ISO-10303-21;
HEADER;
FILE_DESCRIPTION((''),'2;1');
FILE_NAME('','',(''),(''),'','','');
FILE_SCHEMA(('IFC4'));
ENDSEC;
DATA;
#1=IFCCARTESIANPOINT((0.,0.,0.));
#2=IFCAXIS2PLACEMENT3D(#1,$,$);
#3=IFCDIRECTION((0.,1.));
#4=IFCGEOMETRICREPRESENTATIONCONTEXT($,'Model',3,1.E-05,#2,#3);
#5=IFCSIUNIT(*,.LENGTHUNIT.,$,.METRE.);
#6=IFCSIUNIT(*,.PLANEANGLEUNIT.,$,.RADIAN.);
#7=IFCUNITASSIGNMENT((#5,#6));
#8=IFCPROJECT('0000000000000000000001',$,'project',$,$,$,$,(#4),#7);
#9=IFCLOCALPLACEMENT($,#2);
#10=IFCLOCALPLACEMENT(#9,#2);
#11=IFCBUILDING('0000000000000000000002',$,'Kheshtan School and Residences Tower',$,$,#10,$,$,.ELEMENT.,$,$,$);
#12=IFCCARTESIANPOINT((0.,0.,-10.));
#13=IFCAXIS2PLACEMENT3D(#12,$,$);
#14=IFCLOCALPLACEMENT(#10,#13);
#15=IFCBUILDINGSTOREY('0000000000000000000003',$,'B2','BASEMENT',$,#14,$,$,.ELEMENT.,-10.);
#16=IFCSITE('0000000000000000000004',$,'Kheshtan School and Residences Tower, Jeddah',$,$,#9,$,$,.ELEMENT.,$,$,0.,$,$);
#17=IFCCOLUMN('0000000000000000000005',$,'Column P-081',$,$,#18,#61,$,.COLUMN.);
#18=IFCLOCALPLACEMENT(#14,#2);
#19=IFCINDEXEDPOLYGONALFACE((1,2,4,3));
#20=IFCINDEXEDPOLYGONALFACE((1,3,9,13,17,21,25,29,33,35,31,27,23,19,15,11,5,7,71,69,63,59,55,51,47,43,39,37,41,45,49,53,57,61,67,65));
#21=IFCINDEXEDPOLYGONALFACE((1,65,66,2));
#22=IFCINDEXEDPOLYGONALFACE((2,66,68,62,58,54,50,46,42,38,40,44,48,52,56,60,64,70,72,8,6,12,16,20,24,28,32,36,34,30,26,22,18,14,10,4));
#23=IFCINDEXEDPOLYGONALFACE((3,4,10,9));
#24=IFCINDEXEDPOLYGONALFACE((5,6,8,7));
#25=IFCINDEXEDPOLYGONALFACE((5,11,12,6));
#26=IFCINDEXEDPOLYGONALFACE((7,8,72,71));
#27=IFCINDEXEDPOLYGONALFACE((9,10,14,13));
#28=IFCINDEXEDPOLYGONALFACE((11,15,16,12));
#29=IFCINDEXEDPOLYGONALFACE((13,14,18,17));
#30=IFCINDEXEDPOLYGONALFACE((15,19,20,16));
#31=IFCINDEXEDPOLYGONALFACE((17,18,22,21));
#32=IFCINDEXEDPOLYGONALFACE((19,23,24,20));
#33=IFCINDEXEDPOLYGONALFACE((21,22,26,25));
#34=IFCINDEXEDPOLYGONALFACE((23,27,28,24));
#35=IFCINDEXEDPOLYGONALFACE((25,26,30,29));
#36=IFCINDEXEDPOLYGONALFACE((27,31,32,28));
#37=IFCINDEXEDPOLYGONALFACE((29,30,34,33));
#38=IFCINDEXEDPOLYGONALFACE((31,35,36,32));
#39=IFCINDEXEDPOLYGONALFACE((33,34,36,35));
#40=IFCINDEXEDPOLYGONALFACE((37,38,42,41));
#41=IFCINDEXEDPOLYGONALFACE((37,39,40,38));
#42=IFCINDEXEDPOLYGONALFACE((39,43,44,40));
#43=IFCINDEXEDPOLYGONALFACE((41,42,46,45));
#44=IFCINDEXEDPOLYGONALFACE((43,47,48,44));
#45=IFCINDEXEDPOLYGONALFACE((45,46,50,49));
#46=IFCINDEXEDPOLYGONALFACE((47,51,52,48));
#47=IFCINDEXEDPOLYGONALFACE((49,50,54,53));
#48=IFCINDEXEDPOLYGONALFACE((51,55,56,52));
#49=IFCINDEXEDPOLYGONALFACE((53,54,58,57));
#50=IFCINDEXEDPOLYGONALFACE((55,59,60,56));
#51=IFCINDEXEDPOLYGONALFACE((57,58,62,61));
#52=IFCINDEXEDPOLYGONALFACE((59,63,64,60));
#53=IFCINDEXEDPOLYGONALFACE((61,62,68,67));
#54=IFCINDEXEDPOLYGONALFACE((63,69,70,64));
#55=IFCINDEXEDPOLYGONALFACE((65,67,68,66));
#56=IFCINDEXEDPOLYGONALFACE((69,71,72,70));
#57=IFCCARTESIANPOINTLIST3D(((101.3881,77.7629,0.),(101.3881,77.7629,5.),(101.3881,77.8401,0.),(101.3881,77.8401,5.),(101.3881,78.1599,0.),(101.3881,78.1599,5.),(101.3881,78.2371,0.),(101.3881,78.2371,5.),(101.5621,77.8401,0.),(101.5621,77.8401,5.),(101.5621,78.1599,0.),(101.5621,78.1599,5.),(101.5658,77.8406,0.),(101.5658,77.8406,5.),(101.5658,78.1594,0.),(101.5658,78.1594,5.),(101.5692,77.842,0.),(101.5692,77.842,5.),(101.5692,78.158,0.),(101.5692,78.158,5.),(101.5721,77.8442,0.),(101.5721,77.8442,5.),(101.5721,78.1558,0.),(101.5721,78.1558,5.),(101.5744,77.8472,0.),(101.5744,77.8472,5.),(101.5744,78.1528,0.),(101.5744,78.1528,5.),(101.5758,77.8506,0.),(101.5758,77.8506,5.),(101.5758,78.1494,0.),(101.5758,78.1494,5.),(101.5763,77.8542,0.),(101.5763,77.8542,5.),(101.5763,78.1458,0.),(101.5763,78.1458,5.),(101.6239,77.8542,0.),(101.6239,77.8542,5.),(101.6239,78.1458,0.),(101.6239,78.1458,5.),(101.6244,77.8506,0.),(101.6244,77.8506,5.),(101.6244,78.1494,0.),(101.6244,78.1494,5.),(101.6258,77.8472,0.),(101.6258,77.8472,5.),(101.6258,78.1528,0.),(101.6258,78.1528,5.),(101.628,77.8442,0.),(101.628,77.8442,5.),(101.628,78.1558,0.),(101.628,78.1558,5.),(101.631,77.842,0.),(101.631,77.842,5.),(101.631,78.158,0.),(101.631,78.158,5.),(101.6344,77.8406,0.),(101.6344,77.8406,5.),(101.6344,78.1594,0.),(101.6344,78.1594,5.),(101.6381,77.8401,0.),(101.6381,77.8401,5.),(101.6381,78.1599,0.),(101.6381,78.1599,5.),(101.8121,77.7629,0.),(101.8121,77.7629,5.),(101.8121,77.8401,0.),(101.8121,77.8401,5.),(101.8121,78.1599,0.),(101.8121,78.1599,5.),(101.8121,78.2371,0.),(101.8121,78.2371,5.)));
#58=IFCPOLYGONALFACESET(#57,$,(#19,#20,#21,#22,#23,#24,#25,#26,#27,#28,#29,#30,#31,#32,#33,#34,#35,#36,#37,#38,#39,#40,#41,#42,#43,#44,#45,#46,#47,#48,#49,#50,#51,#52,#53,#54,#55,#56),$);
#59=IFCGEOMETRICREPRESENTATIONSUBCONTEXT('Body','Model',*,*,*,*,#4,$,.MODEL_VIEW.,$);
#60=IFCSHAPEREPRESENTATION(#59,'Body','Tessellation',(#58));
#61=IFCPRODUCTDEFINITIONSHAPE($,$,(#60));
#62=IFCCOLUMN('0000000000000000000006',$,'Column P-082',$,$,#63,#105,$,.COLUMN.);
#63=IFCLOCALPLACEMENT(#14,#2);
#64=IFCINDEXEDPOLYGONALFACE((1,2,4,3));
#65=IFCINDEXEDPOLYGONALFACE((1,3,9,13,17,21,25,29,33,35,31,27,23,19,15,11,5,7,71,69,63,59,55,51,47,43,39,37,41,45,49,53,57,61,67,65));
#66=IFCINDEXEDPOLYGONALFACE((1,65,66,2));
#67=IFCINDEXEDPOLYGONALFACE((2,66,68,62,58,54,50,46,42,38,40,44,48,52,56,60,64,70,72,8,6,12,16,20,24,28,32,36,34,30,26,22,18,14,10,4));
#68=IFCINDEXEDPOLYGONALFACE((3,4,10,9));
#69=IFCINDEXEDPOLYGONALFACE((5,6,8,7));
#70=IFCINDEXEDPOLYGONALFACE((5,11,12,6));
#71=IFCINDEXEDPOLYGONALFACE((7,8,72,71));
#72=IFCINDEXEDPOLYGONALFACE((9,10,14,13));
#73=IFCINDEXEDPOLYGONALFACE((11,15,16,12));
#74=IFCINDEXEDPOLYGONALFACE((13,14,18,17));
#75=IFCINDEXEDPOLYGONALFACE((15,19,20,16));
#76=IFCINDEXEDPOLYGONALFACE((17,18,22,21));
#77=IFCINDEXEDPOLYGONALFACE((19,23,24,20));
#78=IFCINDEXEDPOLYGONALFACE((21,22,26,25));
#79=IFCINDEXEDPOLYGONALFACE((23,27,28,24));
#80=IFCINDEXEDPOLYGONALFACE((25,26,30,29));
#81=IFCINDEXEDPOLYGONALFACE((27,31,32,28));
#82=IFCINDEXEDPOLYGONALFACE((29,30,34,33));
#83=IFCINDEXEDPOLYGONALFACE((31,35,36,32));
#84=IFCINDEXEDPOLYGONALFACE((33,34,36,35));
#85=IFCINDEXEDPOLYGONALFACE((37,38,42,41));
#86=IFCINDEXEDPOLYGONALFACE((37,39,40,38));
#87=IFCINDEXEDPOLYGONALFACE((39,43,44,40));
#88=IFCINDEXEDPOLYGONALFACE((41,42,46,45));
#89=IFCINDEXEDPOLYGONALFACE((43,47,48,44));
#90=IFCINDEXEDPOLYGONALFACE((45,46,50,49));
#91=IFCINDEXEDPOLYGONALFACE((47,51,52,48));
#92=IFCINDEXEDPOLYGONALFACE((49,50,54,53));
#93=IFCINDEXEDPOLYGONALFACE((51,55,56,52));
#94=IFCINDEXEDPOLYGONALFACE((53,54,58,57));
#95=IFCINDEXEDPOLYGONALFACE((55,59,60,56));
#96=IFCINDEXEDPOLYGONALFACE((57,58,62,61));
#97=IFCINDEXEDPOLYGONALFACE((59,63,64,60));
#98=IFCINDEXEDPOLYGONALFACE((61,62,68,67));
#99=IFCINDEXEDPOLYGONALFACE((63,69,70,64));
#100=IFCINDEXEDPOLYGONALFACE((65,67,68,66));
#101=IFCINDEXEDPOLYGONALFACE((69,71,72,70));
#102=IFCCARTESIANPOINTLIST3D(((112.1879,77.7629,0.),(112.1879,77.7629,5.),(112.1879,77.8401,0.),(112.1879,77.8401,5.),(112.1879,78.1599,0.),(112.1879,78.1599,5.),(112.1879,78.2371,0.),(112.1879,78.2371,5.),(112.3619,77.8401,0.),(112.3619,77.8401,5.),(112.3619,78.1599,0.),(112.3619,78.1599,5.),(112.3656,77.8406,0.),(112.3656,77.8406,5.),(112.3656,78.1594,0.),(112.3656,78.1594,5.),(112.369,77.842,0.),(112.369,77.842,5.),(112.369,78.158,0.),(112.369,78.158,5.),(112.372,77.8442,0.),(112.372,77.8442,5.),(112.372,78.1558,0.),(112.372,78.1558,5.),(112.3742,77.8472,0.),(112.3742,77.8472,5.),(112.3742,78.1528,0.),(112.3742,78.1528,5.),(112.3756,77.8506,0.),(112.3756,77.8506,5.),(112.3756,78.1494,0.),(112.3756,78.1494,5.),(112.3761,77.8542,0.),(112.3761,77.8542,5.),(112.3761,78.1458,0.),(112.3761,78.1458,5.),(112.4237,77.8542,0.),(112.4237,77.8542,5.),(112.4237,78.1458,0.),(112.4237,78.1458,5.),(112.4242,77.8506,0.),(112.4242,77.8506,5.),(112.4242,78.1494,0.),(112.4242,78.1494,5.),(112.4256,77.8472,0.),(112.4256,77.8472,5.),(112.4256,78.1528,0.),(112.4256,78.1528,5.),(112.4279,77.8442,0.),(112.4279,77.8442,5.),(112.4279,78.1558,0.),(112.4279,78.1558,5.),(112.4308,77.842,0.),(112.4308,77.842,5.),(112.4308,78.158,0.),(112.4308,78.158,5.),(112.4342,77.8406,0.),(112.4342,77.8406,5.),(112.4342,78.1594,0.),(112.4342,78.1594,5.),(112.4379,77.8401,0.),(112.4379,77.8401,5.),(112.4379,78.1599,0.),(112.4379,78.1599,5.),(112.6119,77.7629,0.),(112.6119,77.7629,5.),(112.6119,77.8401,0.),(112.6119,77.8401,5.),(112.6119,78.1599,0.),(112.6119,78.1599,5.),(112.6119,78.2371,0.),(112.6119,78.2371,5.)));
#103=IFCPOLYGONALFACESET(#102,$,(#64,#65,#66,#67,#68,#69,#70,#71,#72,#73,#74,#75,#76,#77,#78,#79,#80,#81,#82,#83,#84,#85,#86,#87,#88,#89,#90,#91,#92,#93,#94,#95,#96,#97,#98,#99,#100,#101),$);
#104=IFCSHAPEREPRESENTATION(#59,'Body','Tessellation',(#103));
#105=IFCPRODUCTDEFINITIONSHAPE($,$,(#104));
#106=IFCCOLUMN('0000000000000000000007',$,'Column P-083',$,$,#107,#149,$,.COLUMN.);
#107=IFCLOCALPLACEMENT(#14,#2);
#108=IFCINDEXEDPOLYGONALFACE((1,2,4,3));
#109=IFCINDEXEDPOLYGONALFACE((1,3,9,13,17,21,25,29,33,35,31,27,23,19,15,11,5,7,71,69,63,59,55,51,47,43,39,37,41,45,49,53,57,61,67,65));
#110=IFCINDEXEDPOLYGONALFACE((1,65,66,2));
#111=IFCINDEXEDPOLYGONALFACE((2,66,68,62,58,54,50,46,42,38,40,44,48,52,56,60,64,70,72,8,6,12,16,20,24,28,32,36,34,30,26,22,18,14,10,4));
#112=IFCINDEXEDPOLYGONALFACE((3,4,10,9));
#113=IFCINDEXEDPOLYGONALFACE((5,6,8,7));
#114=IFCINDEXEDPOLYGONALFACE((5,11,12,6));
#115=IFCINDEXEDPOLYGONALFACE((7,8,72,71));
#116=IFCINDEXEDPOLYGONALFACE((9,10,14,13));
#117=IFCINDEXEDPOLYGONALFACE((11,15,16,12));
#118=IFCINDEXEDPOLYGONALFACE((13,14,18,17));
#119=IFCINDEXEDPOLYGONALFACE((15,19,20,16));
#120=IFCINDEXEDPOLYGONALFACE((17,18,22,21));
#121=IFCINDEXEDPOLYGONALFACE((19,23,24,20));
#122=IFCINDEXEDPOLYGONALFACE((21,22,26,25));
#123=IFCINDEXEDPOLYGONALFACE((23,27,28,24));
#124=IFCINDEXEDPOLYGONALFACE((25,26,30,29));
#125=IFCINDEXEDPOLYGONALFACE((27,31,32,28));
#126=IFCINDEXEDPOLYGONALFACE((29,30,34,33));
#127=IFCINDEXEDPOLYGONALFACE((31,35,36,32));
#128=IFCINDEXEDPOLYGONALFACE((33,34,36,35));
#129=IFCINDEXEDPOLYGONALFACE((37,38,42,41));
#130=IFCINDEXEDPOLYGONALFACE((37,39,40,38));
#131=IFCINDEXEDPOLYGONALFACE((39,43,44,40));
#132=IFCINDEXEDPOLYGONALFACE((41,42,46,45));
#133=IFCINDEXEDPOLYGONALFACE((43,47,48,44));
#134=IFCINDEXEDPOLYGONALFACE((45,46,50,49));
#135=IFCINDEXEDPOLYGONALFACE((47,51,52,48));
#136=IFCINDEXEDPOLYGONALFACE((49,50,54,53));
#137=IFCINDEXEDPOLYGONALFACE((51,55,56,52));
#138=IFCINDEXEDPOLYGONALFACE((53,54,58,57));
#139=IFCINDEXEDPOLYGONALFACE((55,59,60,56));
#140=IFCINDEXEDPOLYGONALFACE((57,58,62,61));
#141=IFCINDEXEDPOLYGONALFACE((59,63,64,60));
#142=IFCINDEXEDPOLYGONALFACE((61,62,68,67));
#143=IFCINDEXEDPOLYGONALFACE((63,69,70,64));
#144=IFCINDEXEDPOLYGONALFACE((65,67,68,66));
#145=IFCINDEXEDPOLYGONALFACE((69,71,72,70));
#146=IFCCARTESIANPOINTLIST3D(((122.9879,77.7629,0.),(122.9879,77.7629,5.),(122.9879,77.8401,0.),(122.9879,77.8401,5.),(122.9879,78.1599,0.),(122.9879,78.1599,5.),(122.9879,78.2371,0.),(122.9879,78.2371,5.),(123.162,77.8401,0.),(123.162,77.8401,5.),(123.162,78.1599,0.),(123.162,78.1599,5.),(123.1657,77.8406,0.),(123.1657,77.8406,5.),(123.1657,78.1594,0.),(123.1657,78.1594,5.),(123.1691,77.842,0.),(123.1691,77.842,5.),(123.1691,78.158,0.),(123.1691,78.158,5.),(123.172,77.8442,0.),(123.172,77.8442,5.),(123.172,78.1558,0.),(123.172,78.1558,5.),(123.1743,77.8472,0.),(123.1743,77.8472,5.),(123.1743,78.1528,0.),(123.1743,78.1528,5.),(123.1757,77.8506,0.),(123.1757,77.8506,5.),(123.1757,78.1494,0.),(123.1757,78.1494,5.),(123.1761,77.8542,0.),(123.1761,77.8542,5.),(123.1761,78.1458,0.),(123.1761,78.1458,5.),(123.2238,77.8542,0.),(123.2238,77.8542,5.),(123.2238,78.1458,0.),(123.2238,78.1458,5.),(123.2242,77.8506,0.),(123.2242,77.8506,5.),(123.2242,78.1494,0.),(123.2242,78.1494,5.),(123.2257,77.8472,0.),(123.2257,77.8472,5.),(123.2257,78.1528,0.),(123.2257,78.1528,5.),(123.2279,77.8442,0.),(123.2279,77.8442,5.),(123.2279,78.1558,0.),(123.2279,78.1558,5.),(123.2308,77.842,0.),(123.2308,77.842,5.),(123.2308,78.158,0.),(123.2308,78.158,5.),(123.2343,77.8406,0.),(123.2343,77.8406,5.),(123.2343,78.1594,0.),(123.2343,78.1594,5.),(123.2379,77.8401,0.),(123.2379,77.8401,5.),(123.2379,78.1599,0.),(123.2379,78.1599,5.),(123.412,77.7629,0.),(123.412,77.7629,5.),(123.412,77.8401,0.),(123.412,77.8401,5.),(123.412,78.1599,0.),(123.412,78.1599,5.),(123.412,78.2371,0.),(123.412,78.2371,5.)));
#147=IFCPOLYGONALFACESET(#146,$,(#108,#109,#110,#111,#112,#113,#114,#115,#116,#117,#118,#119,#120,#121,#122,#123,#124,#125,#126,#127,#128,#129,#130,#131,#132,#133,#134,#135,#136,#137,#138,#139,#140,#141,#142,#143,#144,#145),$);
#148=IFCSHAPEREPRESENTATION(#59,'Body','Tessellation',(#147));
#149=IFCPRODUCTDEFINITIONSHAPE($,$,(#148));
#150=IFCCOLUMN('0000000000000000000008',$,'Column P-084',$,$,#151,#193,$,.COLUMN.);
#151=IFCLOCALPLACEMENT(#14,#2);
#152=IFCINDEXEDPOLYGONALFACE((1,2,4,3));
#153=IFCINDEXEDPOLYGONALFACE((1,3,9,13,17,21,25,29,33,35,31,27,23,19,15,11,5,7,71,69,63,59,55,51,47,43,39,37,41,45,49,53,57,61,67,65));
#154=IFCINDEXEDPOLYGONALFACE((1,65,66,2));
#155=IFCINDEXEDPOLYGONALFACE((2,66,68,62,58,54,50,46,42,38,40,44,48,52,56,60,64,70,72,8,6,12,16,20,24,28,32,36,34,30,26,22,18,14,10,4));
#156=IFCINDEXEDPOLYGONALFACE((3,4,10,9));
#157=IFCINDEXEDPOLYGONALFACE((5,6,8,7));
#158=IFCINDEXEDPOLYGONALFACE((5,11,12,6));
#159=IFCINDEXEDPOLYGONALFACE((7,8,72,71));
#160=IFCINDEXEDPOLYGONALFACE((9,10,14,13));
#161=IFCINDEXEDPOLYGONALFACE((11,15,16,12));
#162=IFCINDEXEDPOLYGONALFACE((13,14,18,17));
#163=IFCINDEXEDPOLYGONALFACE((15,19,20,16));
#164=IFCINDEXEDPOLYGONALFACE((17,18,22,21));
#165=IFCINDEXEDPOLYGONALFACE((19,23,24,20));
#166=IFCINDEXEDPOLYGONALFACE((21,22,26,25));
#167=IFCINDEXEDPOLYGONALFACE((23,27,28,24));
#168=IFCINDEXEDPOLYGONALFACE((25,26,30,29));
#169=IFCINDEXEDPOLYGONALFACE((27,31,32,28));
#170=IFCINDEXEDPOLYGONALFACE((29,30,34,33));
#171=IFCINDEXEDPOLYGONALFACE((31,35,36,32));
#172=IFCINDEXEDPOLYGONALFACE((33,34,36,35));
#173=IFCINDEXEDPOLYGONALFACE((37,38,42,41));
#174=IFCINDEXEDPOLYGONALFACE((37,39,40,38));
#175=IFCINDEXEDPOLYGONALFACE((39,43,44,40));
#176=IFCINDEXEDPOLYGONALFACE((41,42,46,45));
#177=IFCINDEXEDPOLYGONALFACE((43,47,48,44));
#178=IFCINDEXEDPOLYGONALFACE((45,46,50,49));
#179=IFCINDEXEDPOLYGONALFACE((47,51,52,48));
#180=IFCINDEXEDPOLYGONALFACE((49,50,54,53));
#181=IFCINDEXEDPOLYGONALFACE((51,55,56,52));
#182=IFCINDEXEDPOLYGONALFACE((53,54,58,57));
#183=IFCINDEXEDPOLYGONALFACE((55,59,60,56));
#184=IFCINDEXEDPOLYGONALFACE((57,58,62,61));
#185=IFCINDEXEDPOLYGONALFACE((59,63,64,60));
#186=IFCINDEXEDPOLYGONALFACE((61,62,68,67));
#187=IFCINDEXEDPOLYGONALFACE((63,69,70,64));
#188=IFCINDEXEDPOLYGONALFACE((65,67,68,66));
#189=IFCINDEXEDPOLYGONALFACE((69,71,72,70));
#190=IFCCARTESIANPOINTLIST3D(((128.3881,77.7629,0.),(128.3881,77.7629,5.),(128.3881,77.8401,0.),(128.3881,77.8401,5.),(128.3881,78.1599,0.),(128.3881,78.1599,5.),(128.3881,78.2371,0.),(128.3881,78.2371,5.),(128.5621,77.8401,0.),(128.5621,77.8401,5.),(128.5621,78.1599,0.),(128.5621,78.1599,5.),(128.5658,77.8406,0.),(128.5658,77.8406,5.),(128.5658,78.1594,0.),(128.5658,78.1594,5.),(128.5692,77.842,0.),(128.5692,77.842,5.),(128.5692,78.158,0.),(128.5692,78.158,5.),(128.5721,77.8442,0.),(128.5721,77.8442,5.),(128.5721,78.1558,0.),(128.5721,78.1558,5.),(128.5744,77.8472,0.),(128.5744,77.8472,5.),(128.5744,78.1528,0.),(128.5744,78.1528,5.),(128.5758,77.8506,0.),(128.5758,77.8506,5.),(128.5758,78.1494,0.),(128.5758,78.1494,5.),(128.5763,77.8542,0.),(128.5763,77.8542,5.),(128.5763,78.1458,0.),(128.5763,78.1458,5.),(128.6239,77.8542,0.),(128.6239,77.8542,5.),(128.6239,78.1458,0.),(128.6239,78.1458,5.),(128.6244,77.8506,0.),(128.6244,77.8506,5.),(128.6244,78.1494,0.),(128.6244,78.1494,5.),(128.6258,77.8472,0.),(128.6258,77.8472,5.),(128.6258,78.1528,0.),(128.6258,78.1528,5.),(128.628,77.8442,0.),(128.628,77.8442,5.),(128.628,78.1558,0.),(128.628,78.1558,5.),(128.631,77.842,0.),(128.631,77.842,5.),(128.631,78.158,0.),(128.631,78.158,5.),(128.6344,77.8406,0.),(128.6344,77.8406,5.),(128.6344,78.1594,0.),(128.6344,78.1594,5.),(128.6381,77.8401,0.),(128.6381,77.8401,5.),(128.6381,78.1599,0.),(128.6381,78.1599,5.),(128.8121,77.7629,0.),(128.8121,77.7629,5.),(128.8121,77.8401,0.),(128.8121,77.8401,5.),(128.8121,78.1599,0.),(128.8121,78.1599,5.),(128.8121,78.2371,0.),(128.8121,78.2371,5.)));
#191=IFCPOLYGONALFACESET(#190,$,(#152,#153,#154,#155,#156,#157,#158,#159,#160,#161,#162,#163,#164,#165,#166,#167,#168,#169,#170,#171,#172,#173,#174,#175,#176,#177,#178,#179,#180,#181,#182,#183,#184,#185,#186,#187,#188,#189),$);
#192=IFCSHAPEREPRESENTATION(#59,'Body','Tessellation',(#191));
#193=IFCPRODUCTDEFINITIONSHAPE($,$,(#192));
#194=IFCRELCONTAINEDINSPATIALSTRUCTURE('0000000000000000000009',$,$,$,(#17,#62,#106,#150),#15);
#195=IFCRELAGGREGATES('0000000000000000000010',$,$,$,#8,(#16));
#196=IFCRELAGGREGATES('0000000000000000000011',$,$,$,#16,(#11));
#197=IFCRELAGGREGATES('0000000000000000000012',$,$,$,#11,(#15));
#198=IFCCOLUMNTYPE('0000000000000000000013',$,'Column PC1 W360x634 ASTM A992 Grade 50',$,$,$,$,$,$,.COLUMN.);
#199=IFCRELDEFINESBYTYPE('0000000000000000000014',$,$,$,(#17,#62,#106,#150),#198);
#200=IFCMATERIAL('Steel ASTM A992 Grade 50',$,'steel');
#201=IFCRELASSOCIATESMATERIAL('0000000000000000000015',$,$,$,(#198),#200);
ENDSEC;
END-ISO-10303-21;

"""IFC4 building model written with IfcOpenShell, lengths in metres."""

from ifc_helpers import new_model, si_unit, direction, frame, origin, origin_2d, place, context, subcontext, project, spatial, i_section, extrude, material, material_profile, profile_set, type_object, element, save


model = new_model("IFC4")

# Units and contexts
model_context = context("Model", 3, precision=1e-05, world=origin(), true_north=direction((0.0, 1.0)))
body_context = subcontext(model_context, "Body", "Model", "MODEL_VIEW")
ifc_project = project(units=[si_unit("LENGTHUNIT", "METRE"), si_unit("PLANEANGLEUNIT", "RADIAN")], contexts=[model_context])

# Site, building, storey
site_placement = place(None, origin())
site = spatial("IfcSite", under=ifc_project, at=site_placement, Name="Kheshtan School and Residences Tower, Jeddah", CompositionType="ELEMENT", RefElevation=0.0)
building_placement = place(site_placement, origin())
building = spatial("IfcBuilding", under=site, at=building_placement, Name="Kheshtan School and Residences Tower", CompositionType="ELEMENT")
storey_placement = place(building_placement, frame((0.0, 0.0, -10.0)))
storey = spatial("IfcBuildingStorey", under=building, at=storey_placement, Name="B2", Description="BASEMENT", CompositionType="ELEMENT", Elevation=-10.0)

# Columns
ifc_material_1 = material(Name="Steel ASTM A992 Grade 50", Category="steel")
ifc_material_profile = material_profile(ifc_material_1, i_section(OverallWidth=0.4241, OverallDepth=0.4741, WebThickness=0.0476, FlangeThickness=0.0771, FilletRadius=0.0142, at=origin_2d()), Name="W360x634")
ifc_profile_set = profile_set([ifc_material_profile], Name="Steel ASTM A992 Grade 50")
column_type = type_object("IfcColumnType", Name="Column PC1 W360x634 ASTM A992 Grade 50", PredefinedType="COLUMN", material=ifc_profile_set)
for number, where, z_axis, x_axis, name in (
    (1, (101.6001, 78.0, 0.0), (0.0, 0.0, 1.0), (1.0, 0.0, 0.0), "Column P-081"),
    (2, (112.3999, 78.0, 0.0), (0.0, 0.0, 1.0), (1.0, 0.0, 0.0), "Column P-082"),
    (3, (123.2, 78.0, 0.0), (0.0, 0.0, 1.0), (1.0, 0.0, 0.0), "Column P-083"),
    (4, (128.6001, 78.0, 0.0), (0.0, 0.0, 1.0), (1.0, 0.0, 0.0), "Column P-084"),
):
    element("IfcColumn", number, at=place(storey_placement, frame(where, z_axis=z_axis, x_axis=x_axis)), inside=storey, type_object=column_type, Name=name, PredefinedType="COLUMN", context=body_context, shape_type="SweptSolid", body=[
        extrude(i_section(OverallWidth=0.4241, OverallDepth=0.4741, WebThickness=0.0476, FlangeThickness=0.0771, FilletRadius=0.0142, at=origin_2d()), origin(), (0.0, 0.0, 1.0), 5.0),
    ])

save(model, "model.ifc")
